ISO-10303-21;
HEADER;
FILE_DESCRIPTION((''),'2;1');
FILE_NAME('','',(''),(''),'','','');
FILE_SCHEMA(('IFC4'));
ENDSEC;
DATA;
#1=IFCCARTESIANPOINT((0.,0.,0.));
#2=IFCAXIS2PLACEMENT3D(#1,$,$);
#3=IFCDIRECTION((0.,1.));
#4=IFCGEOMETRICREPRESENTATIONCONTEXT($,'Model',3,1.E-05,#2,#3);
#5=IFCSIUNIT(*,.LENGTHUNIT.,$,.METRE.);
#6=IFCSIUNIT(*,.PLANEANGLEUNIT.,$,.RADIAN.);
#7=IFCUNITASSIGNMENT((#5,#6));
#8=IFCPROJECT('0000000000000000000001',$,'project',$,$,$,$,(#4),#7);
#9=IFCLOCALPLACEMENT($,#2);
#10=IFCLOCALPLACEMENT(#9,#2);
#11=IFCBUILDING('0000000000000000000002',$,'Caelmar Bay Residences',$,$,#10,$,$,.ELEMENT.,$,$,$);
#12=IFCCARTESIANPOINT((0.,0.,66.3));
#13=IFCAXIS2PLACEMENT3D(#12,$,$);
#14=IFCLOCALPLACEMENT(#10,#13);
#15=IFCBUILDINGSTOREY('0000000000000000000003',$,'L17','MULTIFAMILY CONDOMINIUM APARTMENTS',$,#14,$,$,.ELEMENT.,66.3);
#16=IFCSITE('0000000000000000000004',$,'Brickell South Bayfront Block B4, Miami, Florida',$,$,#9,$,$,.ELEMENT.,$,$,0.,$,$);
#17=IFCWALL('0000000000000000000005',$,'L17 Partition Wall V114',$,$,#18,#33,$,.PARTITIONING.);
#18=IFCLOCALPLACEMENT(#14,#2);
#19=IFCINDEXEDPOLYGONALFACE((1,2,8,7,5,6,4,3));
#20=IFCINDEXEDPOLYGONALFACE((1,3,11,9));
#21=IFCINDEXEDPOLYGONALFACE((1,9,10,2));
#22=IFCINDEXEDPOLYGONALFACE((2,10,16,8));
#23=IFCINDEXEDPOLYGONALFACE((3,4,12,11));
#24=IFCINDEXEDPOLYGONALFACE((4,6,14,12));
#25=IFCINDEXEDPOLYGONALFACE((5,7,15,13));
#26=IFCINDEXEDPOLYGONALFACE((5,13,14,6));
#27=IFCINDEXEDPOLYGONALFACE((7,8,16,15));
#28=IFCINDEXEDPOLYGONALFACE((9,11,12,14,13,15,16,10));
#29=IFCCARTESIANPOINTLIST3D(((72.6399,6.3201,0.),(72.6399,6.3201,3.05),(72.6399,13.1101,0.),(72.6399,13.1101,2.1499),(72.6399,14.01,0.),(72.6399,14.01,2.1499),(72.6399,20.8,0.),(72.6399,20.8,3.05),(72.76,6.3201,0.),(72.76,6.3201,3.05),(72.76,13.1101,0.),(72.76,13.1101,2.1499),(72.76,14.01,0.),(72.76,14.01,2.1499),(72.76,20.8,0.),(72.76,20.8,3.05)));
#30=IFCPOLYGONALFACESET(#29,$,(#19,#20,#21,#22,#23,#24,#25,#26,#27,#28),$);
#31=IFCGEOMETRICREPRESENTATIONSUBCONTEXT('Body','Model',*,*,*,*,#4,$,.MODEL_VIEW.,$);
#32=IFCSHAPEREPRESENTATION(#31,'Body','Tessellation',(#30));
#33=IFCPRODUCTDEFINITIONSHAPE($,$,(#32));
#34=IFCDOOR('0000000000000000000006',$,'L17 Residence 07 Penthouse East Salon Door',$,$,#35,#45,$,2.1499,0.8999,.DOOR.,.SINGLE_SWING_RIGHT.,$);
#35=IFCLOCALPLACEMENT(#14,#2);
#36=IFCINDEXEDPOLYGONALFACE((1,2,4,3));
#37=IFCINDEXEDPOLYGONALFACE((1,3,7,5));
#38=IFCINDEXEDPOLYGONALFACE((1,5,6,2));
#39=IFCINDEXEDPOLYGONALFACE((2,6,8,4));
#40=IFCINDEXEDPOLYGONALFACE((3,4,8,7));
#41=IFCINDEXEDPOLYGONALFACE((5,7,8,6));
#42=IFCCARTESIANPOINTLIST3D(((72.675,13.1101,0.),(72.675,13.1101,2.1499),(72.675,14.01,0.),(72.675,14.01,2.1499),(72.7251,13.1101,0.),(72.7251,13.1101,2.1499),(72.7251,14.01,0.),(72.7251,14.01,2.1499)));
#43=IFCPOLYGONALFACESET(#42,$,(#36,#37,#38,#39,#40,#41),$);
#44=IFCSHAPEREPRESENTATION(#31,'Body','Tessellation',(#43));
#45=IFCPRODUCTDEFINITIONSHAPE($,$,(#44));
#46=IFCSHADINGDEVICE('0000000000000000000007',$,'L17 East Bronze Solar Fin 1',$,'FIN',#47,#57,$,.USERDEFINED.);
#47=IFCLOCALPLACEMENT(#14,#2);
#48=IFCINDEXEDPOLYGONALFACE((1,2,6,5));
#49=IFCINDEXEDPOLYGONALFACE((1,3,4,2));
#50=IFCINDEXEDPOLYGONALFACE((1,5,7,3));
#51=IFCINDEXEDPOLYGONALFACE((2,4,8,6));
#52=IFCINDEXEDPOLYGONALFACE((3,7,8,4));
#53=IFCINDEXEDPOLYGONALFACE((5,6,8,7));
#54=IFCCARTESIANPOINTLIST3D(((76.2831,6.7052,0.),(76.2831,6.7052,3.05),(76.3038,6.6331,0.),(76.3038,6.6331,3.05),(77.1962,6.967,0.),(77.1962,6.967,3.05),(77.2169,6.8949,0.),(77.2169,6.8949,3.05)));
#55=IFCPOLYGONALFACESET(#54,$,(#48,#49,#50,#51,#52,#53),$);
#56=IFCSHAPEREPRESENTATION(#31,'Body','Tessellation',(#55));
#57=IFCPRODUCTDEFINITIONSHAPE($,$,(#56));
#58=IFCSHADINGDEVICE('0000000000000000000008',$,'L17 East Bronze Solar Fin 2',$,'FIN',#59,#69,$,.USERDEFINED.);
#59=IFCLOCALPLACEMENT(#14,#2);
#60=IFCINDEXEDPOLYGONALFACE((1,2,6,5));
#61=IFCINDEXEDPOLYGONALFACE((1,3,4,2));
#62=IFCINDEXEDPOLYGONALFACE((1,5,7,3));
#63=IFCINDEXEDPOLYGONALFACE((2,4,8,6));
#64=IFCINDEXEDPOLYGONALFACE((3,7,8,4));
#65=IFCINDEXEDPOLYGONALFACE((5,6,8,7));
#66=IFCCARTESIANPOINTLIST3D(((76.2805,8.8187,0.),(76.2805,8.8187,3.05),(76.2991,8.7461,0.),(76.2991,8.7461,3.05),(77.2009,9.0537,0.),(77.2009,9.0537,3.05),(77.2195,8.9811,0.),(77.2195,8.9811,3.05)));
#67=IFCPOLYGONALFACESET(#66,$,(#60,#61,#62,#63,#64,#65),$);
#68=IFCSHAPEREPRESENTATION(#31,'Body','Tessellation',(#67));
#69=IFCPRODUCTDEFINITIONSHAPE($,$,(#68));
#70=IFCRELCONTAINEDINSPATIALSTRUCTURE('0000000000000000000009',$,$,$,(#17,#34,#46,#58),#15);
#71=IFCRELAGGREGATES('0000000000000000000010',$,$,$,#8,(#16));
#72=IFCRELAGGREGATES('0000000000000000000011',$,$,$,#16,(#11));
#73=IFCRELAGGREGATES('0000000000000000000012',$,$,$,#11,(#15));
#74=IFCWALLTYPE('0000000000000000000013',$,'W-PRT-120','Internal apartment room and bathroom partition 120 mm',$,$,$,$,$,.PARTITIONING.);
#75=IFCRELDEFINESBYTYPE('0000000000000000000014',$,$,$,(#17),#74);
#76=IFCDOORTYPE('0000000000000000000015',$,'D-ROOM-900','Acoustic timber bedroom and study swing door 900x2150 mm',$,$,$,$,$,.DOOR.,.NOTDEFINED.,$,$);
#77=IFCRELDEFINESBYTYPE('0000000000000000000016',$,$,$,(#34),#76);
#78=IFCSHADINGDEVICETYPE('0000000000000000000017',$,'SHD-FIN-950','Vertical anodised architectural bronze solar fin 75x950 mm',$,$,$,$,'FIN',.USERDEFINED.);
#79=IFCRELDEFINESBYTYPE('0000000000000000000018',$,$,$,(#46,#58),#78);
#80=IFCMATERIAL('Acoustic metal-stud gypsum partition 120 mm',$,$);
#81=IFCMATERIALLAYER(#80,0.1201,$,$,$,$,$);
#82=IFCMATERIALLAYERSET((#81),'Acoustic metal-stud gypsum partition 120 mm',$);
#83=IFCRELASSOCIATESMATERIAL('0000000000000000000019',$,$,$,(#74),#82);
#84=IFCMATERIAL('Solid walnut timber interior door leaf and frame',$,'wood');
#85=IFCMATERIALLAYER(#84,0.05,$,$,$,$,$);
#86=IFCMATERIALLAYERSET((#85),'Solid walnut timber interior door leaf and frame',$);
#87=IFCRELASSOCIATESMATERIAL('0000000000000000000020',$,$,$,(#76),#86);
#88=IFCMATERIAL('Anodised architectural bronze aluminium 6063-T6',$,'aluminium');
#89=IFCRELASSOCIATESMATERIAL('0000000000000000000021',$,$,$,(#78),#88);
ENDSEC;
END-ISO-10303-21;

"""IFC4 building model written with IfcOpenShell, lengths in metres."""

from ifc_helpers import new_model, si_unit, direction, frame, frame_2d, origin, origin_2d, place, context, subcontext, project, spatial, rectangle, extrude, material, layer, layer_set, material_profile, profile_set, type_object, element, fill, save


model = new_model("IFC4")

# Units and contexts
model_context = context("Model", 3, precision=1e-05, world=origin(), true_north=direction((0.0, 1.0)))
body_context = subcontext(model_context, "Body", "Model", "MODEL_VIEW")
ifc_project = project(units=[si_unit("LENGTHUNIT", "METRE"), si_unit("PLANEANGLEUNIT", "RADIAN")], contexts=[model_context])

# Site, building, storey
site_placement = place(None, origin())
site = spatial("IfcSite", under=ifc_project, at=site_placement, Name="Brickell South Bayfront Block B4, Miami, Florida", CompositionType="ELEMENT", RefElevation=0.0)
building_placement = place(site_placement, origin())
building = spatial("IfcBuilding", under=site, at=building_placement, Name="Caelmar Bay Residences", CompositionType="ELEMENT")
storey_placement = place(building_placement, frame((0.0, 0.0, 66.3)))
storey = spatial("IfcBuildingStorey", under=building, at=storey_placement, Name="L17", Description="MULTIFAMILY CONDOMINIUM APARTMENTS", CompositionType="ELEMENT", Elevation=66.3)

# Wall, opening, door
ifc_material_1 = material(Name="Acoustic metal-stud gypsum partition 120 mm")
ifc_layer_1 = layer(ifc_material_1, 0.1201)
ifc_layer_set_1 = layer_set([ifc_layer_1], Name="Acoustic metal-stud gypsum partition 120 mm")
wall_type_1 = type_object("IfcWallType", Name="W-PRT-120", Description="Internal apartment room and bathroom partition 120 mm", PredefinedType="PARTITIONING", material=ifc_layer_set_1)
wall_1_placement = place(storey_placement, frame((72.7, 6.3201, 0.0), z_axis=(0.0, 0.0, 1.0), x_axis=(0.0, 1.0, 0.0)))
wall_1 = element("IfcWall", 1, at=wall_1_placement, inside=storey, type_object=wall_type_1, Name="L17 Partition Wall V114", PredefinedType="PARTITIONING", context=body_context, shape_type="SweptSolid", body=[
    extrude(rectangle(XDim=14.48, YDim=0.1201, at=frame_2d((7.24, 0.0))), origin(), (0.0, 0.0, 1.0), 3.05),
])
opening_placement = place(wall_1_placement, frame((6.79, 0.0, 0.0)))
opening = element("IfcOpeningElement", 2, at=opening_placement, cuts=wall_1, PredefinedType="OPENING", context=body_context, shape_type="SweptSolid", body=[
    extrude(rectangle(XDim=0.8999, YDim=2.1499, at=frame_2d((0.45, 1.075))), frame((0.0, 0.0701, 0.0), z_axis=(0.0, -1.0, 0.0), x_axis=(1.0, 0.0, 0.0)), (0.0, 0.0, 1.0), 0.1401),
])
ifc_material_2 = material(Name="Solid walnut timber interior door leaf and frame", Category="wood")
ifc_layer_2 = layer(ifc_material_2, 0.05)
ifc_layer_set_2 = layer_set([ifc_layer_2], Name="Solid walnut timber interior door leaf and frame")
door_type = type_object("IfcDoorType", Name="D-ROOM-900", Description="Acoustic timber bedroom and study swing door 900x2150 mm", OperationType="NOTDEFINED", PredefinedType="DOOR", material=ifc_layer_set_2)
door_placement = place(opening_placement, origin())
door = element("IfcDoor", 3, at=door_placement, inside=storey, type_object=door_type, Name="L17 Residence 07 Penthouse East Salon Door", OperationType="SINGLE_SWING_RIGHT", OverallHeight=2.1499, OverallWidth=0.8999, PredefinedType="DOOR", context=body_context, shape_type="SweptSolid", body=[
    extrude(rectangle(XDim=0.8999, YDim=2.1499, at=frame_2d((0.45, 1.075))), frame((0.0, 0.0249, 0.0), z_axis=(0.0, -1.0, 0.0), x_axis=(1.0, 0.0, 0.0)), (0.0, 0.0, 1.0), 0.05),
])
fill(opening, door)

# Shading devices
ifc_material_3 = material(Name="Anodised architectural bronze aluminium 6063-T6", Category="aluminium")
ifc_material_profile_1 = material_profile(ifc_material_3, rectangle(XDim=0.075, YDim=0.95, at=origin_2d()), Name="BRONZE-FIN-75X950")
ifc_profile_set_1 = profile_set([ifc_material_profile_1], Name="Anodised architectural bronze aluminium 6063-T6")
shading_device_type = type_object("IfcShadingDeviceType", Name="SHD-FIN-950", Description="Vertical anodised architectural bronze solar fin 75x950 mm", ElementType="FIN", PredefinedType="USERDEFINED", material=ifc_profile_set_1)
for number, where, z_axis, x_axis, name in (
    (4, (76.75, 6.8, 0.0), (0.0, 0.0, 1.0), (-0.275637, 0.961262, 0.0), "L17 East Bronze Solar Fin 1"),
    (5, (76.75, 8.8999, 0.0), (0.0, 0.0, 1.0), (-0.247337, 0.968929, 0.0), "L17 East Bronze Solar Fin 2"),
):
    element("IfcShadingDevice", number, at=place(storey_placement, frame(where, z_axis=z_axis, x_axis=x_axis)), inside=storey, type_object=shading_device_type, Name=name, ObjectType="FIN", PredefinedType="USERDEFINED", context=body_context, shape_type="SweptSolid", body=[
        extrude(rectangle(XDim=0.075, YDim=0.95, at=origin_2d()), origin(), (0.0, 0.0, 1.0), 3.05),
    ])

save(model, "model.ifc")
